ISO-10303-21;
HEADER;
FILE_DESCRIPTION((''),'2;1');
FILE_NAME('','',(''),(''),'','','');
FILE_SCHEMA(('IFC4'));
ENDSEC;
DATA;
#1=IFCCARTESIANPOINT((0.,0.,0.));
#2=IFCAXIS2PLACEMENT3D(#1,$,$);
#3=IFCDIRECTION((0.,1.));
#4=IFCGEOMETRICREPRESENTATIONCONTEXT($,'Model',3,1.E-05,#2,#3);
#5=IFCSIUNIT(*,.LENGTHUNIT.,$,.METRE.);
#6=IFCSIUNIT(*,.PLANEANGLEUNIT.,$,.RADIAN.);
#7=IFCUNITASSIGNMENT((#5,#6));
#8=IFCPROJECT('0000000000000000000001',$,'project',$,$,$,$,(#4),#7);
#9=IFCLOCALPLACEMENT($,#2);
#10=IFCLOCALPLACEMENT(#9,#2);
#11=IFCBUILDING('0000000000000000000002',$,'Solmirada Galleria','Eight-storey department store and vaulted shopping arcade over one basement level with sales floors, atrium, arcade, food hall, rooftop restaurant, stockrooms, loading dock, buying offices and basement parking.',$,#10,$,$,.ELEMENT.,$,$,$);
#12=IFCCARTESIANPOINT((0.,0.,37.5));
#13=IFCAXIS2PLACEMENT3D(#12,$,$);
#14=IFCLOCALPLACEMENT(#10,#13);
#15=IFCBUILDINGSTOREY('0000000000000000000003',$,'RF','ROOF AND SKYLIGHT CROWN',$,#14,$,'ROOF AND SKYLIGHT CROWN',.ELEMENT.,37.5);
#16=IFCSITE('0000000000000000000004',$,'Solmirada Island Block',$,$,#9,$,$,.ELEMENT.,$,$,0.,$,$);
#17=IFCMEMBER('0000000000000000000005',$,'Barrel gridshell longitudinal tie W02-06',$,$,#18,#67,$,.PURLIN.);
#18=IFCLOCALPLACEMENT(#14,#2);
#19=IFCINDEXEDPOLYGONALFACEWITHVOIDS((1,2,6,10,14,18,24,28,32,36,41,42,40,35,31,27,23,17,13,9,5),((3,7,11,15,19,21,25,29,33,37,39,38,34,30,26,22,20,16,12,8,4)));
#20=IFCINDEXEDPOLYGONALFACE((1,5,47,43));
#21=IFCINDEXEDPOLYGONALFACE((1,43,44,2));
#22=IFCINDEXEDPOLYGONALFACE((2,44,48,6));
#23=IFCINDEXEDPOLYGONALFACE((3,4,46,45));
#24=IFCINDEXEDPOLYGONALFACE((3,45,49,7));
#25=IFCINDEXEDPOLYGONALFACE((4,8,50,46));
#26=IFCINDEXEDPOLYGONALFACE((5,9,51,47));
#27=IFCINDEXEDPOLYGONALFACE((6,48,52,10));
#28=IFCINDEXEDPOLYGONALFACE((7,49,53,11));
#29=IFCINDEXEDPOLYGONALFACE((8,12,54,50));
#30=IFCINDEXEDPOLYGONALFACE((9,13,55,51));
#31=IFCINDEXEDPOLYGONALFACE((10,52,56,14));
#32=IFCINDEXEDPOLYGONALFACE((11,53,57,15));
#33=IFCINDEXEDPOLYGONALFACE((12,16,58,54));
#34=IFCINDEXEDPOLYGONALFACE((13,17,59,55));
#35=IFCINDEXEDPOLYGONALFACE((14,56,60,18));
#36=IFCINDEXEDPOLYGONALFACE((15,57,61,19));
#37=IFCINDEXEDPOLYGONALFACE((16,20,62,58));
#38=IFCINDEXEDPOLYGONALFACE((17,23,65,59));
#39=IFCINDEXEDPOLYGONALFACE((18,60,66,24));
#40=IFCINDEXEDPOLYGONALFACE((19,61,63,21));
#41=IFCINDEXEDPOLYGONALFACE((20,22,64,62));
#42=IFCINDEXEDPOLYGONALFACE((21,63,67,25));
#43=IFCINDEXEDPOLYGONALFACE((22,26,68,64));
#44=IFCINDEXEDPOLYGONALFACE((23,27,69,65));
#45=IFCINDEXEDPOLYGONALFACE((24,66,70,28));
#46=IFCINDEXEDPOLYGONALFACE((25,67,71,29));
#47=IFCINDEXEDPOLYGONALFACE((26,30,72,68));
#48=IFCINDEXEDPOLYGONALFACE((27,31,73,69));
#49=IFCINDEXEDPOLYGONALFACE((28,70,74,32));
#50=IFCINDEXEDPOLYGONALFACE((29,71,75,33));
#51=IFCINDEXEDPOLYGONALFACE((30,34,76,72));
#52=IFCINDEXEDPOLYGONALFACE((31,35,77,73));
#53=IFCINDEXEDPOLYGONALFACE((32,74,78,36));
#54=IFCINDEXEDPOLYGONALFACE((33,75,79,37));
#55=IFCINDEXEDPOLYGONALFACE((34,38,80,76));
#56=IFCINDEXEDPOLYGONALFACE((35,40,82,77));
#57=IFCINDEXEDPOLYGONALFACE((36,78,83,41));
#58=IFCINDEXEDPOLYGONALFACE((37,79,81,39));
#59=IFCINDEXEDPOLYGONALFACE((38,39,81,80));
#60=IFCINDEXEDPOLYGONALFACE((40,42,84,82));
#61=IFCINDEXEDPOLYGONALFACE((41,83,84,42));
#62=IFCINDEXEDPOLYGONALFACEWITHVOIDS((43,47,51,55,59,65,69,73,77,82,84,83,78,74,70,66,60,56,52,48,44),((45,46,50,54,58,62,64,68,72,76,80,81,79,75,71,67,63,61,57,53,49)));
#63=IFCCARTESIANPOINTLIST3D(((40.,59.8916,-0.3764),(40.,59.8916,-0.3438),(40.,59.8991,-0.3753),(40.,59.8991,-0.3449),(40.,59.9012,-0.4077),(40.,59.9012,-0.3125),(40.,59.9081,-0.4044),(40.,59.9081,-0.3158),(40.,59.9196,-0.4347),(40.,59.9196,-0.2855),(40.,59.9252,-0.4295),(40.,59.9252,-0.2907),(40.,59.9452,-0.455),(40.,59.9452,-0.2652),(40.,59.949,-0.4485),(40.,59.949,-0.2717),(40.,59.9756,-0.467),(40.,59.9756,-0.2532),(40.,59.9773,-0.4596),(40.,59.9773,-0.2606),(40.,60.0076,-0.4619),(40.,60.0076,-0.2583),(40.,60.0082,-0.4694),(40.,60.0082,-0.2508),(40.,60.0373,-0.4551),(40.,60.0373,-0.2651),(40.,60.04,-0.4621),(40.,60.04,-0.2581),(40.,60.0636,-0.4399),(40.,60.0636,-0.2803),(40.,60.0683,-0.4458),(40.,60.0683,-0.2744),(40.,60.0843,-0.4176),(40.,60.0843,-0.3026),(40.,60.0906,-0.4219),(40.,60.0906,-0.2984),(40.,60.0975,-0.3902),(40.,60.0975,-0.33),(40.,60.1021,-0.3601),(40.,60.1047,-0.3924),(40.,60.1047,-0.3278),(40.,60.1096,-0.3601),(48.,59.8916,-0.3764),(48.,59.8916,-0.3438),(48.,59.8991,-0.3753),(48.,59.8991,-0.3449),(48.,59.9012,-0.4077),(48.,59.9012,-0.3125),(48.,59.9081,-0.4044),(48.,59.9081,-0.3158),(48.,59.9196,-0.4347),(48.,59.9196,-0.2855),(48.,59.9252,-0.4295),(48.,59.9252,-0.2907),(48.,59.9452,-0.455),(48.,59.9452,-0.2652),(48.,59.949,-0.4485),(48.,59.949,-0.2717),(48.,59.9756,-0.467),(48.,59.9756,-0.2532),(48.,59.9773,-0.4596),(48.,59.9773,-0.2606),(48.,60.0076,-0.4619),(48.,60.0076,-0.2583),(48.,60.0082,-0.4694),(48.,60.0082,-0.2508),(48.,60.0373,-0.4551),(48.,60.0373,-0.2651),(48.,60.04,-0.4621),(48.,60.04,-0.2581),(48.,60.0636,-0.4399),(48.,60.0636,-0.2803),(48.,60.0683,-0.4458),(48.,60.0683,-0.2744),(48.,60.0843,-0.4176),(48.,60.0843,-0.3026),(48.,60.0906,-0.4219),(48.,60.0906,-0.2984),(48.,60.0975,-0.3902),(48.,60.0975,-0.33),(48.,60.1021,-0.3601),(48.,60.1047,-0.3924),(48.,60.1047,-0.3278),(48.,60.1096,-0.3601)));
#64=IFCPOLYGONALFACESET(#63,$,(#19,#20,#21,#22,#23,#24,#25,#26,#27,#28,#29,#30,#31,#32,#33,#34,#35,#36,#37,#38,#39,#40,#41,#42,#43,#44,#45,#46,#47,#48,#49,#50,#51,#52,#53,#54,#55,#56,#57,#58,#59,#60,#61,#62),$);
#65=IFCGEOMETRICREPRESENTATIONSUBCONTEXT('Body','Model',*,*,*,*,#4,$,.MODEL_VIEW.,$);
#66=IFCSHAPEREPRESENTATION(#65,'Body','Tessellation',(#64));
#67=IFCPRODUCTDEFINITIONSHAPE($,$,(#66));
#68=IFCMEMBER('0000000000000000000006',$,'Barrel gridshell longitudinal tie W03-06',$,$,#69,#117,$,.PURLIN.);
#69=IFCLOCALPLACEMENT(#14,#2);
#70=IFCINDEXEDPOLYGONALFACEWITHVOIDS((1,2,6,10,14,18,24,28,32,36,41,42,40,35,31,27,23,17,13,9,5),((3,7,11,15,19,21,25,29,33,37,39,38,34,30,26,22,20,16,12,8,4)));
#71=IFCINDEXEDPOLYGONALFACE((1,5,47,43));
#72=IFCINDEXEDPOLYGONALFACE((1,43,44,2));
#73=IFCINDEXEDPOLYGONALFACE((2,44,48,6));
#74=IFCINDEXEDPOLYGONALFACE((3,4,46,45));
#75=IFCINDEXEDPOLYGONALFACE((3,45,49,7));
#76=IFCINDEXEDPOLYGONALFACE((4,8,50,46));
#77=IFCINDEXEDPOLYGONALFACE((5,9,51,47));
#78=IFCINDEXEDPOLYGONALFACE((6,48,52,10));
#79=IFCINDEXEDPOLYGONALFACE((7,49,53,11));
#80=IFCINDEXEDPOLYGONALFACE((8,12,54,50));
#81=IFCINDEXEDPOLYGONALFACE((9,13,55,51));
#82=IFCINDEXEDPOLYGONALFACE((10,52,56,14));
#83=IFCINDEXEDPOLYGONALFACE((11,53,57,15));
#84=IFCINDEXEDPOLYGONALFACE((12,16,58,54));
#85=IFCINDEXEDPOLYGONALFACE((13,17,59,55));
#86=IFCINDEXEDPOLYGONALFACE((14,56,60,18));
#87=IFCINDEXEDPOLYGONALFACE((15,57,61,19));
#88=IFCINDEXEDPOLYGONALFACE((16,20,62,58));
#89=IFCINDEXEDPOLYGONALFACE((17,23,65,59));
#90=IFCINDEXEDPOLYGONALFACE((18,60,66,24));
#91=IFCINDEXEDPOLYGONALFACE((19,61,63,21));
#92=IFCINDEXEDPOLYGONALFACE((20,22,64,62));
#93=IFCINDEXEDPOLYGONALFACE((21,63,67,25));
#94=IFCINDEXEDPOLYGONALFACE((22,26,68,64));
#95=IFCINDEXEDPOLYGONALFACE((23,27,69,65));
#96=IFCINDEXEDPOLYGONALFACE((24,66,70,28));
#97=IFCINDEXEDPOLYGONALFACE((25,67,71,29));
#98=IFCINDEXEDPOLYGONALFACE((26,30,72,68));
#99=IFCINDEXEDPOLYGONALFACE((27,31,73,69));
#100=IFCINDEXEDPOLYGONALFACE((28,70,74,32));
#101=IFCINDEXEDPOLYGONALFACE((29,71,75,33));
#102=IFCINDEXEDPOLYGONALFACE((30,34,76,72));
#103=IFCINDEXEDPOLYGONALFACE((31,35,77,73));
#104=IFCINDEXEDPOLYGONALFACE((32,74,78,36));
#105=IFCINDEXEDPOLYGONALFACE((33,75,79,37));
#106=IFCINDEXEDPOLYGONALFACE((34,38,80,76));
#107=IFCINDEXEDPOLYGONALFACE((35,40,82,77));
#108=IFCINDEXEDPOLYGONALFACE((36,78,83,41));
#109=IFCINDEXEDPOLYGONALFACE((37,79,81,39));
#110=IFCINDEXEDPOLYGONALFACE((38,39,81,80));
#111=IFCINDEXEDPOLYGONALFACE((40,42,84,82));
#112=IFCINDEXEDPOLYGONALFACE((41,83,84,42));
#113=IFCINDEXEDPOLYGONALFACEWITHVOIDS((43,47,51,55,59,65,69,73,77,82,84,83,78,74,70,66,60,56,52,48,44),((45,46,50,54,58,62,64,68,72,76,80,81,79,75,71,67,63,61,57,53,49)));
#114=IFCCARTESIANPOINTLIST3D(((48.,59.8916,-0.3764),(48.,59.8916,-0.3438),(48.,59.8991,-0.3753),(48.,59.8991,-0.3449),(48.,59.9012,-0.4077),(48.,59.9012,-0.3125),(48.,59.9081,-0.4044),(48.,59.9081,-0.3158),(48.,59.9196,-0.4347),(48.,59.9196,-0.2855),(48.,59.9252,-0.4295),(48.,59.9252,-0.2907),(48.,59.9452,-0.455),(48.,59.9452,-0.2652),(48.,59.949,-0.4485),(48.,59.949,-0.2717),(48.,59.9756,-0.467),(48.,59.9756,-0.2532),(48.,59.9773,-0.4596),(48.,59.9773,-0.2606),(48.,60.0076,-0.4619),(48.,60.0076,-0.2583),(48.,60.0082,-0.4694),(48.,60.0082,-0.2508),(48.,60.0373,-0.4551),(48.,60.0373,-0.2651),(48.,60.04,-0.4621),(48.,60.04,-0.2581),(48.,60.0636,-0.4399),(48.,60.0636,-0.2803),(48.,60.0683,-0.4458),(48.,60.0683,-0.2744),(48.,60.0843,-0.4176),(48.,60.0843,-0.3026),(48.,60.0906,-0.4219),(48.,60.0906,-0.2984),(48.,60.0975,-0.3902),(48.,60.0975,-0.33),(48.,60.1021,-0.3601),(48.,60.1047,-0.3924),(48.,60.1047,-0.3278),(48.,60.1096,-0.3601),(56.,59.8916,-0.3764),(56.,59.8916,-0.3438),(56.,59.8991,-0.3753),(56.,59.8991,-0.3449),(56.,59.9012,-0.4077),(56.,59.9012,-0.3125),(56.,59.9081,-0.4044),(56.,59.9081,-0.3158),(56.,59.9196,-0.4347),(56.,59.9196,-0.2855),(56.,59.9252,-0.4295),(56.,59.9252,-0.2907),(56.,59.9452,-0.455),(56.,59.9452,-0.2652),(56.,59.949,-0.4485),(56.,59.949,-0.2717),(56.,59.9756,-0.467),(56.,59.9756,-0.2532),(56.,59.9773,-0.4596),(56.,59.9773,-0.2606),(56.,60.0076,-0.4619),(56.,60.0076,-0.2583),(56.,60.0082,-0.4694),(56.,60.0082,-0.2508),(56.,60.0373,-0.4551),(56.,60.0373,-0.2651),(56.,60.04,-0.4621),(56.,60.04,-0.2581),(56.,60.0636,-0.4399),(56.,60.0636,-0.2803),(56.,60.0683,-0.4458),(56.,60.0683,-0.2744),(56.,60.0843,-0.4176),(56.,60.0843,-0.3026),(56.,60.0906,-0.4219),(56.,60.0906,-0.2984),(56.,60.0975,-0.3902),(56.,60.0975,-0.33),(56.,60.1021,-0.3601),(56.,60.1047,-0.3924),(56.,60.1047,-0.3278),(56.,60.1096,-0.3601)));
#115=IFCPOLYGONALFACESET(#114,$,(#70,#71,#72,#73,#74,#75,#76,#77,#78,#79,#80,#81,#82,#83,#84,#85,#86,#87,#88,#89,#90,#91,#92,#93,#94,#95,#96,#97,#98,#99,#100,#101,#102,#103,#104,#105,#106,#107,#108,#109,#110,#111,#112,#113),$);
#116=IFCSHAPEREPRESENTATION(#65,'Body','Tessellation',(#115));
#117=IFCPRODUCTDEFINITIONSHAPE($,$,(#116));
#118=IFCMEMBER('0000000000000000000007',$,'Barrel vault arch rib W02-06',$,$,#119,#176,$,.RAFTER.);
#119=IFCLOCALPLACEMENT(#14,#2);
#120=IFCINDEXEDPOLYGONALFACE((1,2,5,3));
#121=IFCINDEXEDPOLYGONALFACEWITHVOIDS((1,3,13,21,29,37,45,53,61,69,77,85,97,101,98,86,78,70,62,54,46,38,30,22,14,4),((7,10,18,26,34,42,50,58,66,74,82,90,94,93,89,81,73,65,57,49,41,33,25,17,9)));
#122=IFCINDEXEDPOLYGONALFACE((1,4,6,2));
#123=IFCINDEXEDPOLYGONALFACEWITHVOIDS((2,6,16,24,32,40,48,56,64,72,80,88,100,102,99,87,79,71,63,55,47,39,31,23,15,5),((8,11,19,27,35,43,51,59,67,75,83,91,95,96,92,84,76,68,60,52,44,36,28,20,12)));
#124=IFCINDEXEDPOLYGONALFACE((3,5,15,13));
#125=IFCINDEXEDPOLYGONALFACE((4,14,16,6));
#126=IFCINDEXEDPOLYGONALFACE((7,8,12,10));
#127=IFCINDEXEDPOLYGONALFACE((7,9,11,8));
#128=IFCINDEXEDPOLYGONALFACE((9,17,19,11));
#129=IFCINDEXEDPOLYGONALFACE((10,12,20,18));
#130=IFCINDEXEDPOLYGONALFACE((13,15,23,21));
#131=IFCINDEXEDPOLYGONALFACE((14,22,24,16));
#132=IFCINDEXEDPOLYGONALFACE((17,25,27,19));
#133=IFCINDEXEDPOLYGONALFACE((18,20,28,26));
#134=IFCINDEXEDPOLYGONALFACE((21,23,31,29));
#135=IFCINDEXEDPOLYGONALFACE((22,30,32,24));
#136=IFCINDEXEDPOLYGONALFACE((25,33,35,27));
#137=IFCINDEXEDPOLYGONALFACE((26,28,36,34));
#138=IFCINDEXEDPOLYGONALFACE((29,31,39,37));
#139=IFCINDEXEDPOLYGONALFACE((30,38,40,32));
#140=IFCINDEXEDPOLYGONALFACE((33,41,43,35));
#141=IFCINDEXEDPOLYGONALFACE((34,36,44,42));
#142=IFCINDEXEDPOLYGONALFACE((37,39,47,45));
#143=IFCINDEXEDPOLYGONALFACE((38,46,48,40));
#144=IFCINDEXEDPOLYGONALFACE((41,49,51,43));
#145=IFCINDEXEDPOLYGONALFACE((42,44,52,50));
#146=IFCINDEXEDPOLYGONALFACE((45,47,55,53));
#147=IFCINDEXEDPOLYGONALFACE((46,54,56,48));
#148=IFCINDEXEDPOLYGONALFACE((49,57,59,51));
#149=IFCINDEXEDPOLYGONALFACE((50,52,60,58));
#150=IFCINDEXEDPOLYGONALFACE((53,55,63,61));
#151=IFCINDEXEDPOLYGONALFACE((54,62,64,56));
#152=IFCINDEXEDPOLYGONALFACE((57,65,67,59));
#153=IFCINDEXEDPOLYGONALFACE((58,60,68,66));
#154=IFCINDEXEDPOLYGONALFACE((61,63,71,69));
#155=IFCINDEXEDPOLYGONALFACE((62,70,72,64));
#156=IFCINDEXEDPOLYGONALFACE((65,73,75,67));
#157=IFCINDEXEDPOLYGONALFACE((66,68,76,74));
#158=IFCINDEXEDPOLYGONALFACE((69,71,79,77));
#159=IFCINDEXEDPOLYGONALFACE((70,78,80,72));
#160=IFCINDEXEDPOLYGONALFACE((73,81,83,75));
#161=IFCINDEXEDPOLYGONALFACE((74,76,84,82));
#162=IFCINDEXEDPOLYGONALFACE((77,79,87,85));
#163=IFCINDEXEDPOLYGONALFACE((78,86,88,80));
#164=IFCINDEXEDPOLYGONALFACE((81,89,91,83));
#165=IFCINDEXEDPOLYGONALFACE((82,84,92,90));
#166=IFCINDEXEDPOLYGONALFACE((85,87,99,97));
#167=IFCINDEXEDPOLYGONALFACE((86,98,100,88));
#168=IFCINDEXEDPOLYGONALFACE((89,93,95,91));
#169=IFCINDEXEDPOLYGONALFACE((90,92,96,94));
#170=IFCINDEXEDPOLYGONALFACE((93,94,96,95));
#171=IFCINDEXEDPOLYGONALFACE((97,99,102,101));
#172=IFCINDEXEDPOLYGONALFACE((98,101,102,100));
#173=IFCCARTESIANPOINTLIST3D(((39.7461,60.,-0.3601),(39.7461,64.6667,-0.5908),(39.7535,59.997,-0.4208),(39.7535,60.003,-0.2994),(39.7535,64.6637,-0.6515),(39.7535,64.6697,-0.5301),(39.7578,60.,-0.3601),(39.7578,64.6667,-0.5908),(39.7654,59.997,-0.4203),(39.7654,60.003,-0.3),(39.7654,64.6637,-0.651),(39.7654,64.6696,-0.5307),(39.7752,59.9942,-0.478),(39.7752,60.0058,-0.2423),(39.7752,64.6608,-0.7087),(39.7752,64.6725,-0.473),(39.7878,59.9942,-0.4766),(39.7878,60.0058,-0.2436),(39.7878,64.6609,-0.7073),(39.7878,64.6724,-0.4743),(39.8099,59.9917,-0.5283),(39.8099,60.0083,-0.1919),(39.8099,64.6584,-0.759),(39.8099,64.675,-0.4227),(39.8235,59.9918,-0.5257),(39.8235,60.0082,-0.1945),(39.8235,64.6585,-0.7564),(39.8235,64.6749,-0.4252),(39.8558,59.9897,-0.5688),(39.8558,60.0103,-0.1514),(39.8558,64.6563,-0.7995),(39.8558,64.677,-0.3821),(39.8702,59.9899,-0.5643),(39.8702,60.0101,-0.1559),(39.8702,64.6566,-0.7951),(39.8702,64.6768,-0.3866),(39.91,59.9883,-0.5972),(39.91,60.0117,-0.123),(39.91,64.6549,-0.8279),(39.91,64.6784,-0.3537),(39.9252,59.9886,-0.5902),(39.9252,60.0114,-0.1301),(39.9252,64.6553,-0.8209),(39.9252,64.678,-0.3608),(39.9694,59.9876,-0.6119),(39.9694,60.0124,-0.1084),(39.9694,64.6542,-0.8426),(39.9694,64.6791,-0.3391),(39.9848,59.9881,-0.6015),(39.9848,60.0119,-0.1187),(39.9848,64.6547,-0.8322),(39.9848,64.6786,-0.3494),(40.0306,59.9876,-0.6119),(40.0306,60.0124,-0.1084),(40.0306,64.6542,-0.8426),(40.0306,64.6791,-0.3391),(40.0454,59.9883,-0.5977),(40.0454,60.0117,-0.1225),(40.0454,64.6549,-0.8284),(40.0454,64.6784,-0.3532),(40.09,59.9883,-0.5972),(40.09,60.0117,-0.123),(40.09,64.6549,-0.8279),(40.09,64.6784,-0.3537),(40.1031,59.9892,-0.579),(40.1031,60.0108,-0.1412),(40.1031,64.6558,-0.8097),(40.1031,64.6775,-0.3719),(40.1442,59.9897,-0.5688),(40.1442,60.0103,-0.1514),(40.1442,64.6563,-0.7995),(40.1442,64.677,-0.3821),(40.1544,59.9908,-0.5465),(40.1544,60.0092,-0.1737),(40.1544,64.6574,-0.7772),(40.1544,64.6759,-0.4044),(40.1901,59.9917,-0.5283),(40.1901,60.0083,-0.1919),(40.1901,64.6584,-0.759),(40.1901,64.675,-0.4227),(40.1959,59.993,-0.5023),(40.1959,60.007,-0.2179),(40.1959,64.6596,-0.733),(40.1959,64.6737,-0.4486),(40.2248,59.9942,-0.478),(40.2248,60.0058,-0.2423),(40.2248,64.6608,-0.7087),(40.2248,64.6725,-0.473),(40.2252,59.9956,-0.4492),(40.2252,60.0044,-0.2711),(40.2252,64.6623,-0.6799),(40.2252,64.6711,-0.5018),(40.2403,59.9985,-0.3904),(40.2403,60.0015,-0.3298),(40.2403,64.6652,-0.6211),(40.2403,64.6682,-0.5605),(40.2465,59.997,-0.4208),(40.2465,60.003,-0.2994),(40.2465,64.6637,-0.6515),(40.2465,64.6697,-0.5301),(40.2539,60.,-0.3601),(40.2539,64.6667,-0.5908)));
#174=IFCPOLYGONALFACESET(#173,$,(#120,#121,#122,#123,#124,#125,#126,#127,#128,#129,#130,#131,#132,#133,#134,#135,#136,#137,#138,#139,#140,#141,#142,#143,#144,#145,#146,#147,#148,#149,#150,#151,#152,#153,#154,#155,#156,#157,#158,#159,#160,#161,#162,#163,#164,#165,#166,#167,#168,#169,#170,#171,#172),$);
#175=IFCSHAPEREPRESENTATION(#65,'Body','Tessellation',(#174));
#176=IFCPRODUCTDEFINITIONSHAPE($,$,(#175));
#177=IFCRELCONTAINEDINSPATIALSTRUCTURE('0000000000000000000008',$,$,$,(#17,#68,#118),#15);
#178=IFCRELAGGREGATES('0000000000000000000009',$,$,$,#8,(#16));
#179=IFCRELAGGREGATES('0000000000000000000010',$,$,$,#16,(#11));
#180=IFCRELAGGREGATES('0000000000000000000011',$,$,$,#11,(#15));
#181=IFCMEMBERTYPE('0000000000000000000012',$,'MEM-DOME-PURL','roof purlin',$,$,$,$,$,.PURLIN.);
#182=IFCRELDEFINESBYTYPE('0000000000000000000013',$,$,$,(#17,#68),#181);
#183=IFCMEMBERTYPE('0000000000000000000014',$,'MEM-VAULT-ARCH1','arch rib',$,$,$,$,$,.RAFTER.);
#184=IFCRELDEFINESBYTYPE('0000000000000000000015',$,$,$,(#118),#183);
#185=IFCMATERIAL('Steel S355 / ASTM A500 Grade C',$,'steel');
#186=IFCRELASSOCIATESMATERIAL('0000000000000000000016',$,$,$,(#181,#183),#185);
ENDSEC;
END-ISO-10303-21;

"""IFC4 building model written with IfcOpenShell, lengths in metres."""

from ifc_helpers import new_model, si_unit, direction, frame, origin, origin_2d, place, context, subcontext, project, spatial, hollow_circle, extrude, material, material_profile, profile_set, type_object, element, save


model = new_model("IFC4")

# Units and contexts
model_context = context("Model", 3, precision=1e-05, world=origin(), true_north=direction((0.0, 1.0)))
body_context = subcontext(model_context, "Body", "Model", "MODEL_VIEW")
ifc_project = project(units=[si_unit("LENGTHUNIT", "METRE"), si_unit("PLANEANGLEUNIT", "RADIAN")], contexts=[model_context])

# Site, building, storey
site_placement = place(None, origin())
site = spatial("IfcSite", under=ifc_project, at=site_placement, Name="Solmirada Island Block", CompositionType="ELEMENT", RefElevation=0.0)
building_placement = place(site_placement, origin())
building = spatial("IfcBuilding", under=site, at=building_placement, Name="Solmirada Galleria", Description="Eight-storey department store and vaulted shopping arcade over one basement level with sales floors, atrium, arcade, food hall, rooftop restaurant, stockrooms, loading dock, buying offices and basement parking.", CompositionType="ELEMENT")
storey_placement = place(building_placement, frame((0.0, 0.0, 37.5)))
storey = spatial("IfcBuildingStorey", under=building, at=storey_placement, Name="RF", Description="ROOF AND SKYLIGHT CROWN", LongName="ROOF AND SKYLIGHT CROWN", CompositionType="ELEMENT", Elevation=37.5)

# Members
ifc_material_1 = material(Name="Steel S355 / ASTM A500 Grade C", Category="steel")
ifc_material_profile_1 = material_profile(ifc_material_1, hollow_circle(Radius=0.1096, WallThickness=0.0076, at=origin_2d()), Name="HSS8.625X0.322")
ifc_profile_set_1 = profile_set([ifc_material_profile_1], Name="Steel S355 / ASTM A500 Grade C")
member_type_1 = type_object("IfcMemberType", Name="MEM-DOME-PURL", Description="roof purlin", PredefinedType="PURLIN", material=ifc_profile_set_1)
for number, where, z_axis, x_axis, name in (
    (1, (40.0, 60.0, -0.3601), (1.0, 0.0, 0.0), (0.0, 1.0, 0.0), "Barrel gridshell longitudinal tie W02-06"),
    (2, (48.0, 60.0, -0.3601), (1.0, 0.0, 0.0), (0.0, 1.0, 0.0), "Barrel gridshell longitudinal tie W03-06"),
):
    element("IfcMember", number, at=place(storey_placement, frame(where, z_axis=z_axis, x_axis=x_axis)), inside=storey, type_object=member_type_1, Name=name, PredefinedType="PURLIN", context=body_context, shape_type="SweptSolid", body=[
        extrude(hollow_circle(Radius=0.1096, WallThickness=0.0076, at=origin_2d()), origin(), (0.0, 0.0, 1.0), 8.0),
    ])
ifc_material_profile_2 = material_profile(ifc_material_1, hollow_circle(Radius=0.2539, WallThickness=0.0117, at=origin_2d()), Name="HSS20.000X0.500")
ifc_profile_set_2 = profile_set([ifc_material_profile_2], Name="Steel S355 / ASTM A500 Grade C")
member_type_2 = type_object("IfcMemberType", Name="MEM-VAULT-ARCH1", Description="arch rib", PredefinedType="RAFTER", material=ifc_profile_set_2)
member_1_placement = place(storey_placement, frame((40.0, 60.0, -0.3601), z_axis=(0.0, 0.99878, -0.049377), x_axis=(-1.0, 0.0, 0.0)))
element("IfcMember", 3, at=member_1_placement, inside=storey, type_object=member_type_2, Name="Barrel vault arch rib W02-06", PredefinedType="RAFTER", context=body_context, shape_type="SweptSolid", body=[
    extrude(hollow_circle(Radius=0.2539, WallThickness=0.0117, at=origin_2d()), origin(), (0.0, 0.0, 1.0), 4.6724),
])

save(model, "model.ifc")
